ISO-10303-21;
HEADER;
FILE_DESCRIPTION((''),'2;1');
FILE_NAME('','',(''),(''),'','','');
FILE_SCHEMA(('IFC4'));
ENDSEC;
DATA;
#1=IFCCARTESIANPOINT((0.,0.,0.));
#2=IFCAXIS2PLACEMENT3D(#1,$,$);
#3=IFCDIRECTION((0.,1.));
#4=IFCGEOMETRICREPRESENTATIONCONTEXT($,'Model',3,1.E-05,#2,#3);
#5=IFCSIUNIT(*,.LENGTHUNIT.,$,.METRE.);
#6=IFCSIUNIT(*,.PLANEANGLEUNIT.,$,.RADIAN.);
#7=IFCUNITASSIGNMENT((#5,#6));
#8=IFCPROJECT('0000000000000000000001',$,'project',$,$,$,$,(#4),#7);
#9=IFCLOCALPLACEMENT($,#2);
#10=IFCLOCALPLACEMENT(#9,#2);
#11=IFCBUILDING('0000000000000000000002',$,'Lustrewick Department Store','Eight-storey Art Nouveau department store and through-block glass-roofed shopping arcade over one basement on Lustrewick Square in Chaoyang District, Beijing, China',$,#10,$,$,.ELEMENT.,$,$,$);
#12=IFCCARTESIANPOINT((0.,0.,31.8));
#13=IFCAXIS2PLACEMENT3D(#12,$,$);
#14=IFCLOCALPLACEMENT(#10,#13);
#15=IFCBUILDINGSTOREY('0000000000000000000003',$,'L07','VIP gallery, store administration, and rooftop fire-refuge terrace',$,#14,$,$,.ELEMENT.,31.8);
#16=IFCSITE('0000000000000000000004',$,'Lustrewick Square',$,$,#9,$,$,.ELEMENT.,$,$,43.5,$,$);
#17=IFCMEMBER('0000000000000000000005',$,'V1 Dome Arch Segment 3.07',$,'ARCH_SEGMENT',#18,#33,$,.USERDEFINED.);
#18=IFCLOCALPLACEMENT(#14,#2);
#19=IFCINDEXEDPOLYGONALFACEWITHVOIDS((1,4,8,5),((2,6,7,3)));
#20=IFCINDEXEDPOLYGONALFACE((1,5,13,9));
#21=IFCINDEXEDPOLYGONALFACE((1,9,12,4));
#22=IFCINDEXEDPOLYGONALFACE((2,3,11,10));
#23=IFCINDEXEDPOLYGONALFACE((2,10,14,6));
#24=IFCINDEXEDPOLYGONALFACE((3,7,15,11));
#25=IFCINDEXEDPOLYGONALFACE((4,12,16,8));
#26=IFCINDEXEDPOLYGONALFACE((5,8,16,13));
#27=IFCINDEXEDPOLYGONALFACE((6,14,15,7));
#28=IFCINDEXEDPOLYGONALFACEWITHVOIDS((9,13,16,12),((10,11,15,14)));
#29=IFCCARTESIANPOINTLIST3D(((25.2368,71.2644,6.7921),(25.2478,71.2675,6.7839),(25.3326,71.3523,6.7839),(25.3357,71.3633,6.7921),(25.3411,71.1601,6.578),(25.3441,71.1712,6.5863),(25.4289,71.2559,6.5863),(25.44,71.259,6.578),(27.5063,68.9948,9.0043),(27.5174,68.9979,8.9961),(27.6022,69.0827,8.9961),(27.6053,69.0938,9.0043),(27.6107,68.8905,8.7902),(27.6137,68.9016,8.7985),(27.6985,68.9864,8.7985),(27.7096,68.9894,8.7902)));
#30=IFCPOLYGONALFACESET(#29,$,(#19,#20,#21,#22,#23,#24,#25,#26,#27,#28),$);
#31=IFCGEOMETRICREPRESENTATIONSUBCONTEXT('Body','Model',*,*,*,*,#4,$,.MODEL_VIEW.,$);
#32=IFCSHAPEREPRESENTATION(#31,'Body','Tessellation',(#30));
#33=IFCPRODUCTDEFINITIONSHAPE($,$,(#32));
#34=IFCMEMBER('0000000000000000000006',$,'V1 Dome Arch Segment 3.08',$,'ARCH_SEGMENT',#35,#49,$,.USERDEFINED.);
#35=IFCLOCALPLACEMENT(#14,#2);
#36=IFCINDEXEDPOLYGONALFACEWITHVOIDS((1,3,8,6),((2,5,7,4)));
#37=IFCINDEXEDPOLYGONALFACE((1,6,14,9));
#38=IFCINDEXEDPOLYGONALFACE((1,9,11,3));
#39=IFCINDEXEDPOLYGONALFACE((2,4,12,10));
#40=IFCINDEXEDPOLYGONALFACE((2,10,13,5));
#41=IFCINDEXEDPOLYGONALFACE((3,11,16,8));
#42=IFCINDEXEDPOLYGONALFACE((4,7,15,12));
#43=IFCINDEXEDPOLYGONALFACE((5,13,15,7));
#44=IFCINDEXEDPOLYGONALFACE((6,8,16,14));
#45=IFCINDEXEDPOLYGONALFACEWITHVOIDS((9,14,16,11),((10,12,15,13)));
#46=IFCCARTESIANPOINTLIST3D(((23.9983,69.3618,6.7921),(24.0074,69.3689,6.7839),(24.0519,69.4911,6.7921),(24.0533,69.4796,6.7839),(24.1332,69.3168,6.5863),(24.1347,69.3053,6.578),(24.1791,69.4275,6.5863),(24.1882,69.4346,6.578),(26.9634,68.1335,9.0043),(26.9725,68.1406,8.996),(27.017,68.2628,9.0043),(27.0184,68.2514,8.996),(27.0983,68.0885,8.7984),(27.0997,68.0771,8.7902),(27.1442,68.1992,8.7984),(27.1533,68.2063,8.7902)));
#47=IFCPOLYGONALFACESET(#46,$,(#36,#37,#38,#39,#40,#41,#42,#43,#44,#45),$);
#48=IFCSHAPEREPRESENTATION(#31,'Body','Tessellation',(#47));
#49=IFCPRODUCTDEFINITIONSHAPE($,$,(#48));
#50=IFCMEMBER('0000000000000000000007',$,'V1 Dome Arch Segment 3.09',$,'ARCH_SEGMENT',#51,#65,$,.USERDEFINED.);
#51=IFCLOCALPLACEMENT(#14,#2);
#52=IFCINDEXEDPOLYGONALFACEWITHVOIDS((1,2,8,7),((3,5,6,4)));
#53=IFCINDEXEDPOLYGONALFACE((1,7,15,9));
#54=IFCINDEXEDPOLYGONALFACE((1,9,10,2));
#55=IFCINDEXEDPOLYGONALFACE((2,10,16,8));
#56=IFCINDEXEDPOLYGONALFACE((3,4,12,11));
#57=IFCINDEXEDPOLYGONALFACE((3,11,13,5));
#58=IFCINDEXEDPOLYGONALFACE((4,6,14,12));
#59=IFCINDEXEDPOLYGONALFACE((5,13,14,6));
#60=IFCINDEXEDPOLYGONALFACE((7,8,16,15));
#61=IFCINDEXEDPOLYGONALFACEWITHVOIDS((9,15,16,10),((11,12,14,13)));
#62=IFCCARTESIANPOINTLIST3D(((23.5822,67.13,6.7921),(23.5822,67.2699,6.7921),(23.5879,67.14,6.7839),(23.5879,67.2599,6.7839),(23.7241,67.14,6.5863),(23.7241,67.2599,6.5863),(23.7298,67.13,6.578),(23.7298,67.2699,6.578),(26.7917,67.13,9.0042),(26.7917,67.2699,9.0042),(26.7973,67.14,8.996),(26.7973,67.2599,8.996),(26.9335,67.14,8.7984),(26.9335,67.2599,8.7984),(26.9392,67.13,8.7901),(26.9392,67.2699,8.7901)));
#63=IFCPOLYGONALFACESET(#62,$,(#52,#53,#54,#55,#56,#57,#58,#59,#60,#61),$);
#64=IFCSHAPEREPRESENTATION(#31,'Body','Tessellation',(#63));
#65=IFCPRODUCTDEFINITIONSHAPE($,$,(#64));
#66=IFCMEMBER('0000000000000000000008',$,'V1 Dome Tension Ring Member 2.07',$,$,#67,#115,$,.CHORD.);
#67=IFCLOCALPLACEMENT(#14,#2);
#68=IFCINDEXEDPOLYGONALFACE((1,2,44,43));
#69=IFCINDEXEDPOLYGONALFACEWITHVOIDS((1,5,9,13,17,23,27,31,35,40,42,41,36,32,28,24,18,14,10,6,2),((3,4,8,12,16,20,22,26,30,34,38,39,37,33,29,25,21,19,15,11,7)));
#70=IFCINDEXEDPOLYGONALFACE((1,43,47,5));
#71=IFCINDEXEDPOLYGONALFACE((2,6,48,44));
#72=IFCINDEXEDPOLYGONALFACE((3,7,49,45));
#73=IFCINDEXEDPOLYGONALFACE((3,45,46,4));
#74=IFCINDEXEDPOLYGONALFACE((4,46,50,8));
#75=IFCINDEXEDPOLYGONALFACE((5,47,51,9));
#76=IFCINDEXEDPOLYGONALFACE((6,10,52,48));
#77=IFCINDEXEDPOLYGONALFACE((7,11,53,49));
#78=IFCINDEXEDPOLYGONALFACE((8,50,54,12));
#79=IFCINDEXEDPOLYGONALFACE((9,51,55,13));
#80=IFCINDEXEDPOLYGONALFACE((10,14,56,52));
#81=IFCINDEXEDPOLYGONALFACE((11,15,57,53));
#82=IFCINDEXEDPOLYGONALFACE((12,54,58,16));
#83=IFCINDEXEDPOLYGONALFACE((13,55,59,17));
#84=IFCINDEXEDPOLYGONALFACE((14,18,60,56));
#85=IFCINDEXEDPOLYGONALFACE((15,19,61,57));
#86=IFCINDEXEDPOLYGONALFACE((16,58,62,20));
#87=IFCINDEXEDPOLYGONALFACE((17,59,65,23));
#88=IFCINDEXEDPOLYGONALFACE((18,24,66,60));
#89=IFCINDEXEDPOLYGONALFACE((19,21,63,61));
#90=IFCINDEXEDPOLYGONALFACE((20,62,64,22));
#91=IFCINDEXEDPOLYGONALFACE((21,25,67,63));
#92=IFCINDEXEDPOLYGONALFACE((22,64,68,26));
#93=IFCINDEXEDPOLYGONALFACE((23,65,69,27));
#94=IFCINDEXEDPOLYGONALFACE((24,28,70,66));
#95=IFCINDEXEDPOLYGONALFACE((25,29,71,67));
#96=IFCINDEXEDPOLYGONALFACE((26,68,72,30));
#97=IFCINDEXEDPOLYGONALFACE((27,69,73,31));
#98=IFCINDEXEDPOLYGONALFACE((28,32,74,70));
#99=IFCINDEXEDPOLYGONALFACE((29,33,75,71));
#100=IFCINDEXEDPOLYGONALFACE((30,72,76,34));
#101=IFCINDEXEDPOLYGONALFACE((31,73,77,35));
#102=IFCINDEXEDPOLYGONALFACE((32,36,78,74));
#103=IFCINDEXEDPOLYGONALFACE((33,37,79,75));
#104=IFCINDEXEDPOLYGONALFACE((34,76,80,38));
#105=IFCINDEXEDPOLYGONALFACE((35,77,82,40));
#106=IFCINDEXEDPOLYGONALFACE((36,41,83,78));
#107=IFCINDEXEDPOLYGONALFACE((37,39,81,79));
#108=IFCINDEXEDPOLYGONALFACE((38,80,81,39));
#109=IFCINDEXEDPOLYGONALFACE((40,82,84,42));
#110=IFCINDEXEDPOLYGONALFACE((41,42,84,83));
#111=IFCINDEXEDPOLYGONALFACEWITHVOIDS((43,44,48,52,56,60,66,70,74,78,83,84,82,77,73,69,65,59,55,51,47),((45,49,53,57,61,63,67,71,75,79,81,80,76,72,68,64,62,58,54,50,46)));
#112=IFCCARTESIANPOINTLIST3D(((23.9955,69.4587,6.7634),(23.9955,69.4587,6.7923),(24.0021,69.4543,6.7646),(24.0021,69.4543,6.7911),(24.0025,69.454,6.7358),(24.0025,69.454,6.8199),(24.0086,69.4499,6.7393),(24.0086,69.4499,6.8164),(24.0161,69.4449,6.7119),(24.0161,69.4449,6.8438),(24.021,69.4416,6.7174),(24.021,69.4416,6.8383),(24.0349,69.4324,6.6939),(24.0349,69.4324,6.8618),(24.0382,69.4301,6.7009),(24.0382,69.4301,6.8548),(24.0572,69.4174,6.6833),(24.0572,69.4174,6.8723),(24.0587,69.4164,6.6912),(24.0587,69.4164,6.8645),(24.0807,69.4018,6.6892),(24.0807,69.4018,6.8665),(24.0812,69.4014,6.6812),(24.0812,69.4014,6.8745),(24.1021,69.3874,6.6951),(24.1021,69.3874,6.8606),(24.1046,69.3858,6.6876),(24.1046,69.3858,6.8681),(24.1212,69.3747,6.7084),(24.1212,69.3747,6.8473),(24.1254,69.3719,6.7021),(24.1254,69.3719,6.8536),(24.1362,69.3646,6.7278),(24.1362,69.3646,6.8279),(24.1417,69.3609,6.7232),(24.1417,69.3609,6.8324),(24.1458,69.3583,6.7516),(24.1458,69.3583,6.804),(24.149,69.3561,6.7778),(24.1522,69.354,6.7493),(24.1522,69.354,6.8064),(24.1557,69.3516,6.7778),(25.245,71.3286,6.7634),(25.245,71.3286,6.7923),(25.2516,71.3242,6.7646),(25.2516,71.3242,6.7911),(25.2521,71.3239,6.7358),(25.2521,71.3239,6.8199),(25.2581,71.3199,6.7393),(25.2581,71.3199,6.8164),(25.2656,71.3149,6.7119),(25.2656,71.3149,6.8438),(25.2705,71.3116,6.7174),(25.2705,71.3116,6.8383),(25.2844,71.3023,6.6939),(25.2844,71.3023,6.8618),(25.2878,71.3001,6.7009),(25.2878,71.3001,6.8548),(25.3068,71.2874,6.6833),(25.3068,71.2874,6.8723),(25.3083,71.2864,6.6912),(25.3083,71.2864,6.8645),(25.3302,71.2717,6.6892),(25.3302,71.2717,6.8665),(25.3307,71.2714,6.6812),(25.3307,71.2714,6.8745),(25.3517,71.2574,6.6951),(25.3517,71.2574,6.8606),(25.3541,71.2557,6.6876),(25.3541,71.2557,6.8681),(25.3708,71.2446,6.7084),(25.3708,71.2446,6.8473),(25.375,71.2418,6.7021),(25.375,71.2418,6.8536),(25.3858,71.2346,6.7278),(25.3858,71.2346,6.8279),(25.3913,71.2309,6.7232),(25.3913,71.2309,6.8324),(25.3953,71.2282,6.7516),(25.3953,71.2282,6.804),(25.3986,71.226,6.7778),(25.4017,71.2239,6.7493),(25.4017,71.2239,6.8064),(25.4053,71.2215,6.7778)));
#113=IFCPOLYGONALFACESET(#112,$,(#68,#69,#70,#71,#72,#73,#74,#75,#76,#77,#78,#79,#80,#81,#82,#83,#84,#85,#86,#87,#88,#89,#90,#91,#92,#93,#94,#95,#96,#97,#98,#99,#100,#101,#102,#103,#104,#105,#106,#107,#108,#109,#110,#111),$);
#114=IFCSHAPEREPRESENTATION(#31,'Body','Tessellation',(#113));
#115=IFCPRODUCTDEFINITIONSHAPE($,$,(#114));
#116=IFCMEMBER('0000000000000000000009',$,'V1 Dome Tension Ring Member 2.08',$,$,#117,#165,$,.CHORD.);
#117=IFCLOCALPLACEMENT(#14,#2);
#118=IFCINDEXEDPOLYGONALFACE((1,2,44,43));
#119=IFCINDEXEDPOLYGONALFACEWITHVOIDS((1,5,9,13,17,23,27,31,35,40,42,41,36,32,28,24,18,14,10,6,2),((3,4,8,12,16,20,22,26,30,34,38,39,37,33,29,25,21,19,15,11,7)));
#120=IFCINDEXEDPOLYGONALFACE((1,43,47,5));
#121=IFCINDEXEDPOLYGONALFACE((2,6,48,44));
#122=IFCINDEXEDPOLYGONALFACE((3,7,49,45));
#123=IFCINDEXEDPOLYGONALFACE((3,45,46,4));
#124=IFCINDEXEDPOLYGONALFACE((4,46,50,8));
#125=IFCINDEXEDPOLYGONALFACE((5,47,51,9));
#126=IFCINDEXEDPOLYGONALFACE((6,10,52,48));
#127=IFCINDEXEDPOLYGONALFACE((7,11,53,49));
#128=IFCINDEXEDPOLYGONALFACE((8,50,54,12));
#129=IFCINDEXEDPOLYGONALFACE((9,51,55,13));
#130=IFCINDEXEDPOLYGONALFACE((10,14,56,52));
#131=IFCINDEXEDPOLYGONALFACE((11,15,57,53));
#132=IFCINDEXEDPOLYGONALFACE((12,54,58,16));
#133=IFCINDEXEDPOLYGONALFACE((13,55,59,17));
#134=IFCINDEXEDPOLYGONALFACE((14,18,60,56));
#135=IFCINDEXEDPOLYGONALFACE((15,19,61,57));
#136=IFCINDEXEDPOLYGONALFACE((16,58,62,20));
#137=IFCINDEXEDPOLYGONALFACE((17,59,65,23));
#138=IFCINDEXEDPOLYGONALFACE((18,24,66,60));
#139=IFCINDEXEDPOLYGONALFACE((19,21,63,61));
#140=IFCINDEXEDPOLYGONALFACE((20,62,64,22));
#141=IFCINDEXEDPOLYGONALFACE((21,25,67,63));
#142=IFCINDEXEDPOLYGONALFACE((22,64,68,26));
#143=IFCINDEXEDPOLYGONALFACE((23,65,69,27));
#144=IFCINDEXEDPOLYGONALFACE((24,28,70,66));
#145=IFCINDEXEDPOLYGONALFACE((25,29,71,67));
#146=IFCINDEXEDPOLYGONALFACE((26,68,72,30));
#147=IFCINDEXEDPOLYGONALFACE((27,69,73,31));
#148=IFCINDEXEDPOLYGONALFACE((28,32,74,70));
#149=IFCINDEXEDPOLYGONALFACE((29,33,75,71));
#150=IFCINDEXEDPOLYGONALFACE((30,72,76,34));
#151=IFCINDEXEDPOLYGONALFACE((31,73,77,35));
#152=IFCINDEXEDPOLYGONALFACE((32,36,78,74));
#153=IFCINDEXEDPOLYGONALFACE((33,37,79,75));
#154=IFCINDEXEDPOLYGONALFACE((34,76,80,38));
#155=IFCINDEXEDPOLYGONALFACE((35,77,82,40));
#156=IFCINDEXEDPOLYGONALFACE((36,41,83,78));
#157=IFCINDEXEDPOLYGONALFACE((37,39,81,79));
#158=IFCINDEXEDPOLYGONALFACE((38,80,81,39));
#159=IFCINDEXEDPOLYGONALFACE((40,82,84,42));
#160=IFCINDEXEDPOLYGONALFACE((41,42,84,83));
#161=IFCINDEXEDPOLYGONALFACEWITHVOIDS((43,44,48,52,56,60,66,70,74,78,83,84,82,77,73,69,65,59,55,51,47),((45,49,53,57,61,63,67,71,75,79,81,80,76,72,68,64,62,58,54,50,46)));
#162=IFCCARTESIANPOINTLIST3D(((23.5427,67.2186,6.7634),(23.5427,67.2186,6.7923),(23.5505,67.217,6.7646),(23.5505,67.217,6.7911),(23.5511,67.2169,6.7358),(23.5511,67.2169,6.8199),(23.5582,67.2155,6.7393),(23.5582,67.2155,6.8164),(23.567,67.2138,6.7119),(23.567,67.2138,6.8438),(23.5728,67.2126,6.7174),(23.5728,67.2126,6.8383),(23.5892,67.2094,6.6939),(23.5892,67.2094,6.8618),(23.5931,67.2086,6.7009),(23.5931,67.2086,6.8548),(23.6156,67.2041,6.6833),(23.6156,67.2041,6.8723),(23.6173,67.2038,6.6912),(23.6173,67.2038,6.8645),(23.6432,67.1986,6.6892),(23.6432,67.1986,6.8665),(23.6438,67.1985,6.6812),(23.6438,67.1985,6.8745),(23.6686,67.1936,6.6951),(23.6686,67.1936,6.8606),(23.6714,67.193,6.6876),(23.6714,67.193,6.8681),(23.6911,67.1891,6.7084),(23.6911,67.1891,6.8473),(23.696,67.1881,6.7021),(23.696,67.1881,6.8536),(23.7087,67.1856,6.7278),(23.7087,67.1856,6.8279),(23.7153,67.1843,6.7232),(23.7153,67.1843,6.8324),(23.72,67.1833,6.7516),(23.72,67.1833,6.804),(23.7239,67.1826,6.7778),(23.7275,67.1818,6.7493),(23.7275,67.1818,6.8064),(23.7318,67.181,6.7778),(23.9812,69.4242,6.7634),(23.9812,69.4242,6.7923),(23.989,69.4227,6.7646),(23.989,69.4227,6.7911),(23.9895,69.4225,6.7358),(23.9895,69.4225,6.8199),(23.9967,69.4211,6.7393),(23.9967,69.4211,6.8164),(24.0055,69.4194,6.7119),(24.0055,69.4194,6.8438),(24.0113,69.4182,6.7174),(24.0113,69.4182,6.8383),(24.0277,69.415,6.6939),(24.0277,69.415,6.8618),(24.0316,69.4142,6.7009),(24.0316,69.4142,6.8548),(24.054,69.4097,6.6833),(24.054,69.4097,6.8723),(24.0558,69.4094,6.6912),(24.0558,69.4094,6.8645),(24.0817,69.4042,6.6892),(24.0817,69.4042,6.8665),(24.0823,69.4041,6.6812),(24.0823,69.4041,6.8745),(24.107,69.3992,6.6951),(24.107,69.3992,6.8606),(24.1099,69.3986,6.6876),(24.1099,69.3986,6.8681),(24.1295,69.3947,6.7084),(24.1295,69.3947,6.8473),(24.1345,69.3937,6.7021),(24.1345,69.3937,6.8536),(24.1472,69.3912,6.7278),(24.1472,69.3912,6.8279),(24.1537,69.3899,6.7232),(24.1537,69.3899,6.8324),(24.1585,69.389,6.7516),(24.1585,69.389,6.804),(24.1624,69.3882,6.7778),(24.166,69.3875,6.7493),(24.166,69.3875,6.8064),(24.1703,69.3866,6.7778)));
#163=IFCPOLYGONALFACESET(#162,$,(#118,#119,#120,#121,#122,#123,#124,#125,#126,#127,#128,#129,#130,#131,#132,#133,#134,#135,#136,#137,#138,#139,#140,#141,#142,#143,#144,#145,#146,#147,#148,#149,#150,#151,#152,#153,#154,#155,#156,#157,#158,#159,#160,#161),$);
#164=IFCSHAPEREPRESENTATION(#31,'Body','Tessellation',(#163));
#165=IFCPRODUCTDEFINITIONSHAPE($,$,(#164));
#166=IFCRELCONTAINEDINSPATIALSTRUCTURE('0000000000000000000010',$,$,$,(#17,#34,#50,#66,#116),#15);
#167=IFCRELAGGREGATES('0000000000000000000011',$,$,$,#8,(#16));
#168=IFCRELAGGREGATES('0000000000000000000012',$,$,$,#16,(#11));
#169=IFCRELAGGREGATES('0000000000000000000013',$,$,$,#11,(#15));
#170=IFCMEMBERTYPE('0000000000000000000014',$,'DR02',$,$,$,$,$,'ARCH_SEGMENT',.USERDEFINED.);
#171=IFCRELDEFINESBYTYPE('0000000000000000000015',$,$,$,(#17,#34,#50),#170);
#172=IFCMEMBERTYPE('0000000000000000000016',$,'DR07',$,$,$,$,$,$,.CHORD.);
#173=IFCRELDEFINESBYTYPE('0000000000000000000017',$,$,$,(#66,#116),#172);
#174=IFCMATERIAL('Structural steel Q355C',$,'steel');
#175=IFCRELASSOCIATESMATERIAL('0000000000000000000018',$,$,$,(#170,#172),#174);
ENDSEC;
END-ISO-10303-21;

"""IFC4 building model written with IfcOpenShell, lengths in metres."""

from ifc_helpers import new_model, si_unit, direction, frame, origin, origin_2d, place, context, subcontext, project, spatial, hollow_rectangle, hollow_circle, extrude, material, material_profile, profile_set, type_object, element, save


model = new_model("IFC4")

# Units and contexts
model_context = context("Model", 3, precision=1e-05, world=origin(), true_north=direction((0.0, 1.0)))
body_context = subcontext(model_context, "Body", "Model", "MODEL_VIEW")
ifc_project = project(units=[si_unit("LENGTHUNIT", "METRE"), si_unit("PLANEANGLEUNIT", "RADIAN")], contexts=[model_context])

# Site, building, storey
site_placement = place(None, origin())
site = spatial("IfcSite", under=ifc_project, at=site_placement, Name="Lustrewick Square", CompositionType="ELEMENT", RefElevation=43.5)
building_placement = place(site_placement, origin())
building = spatial("IfcBuilding", under=site, at=building_placement, Name="Lustrewick Department Store", Description="Eight-storey Art Nouveau department store and through-block glass-roofed shopping arcade over one basement on Lustrewick Square in Chaoyang District, Beijing, China", CompositionType="ELEMENT")
storey_placement = place(building_placement, frame((0.0, 0.0, 31.8)))
storey = spatial("IfcBuildingStorey", under=building, at=storey_placement, Name="L07", Description="VIP gallery, store administration, and rooftop fire-refuge terrace", CompositionType="ELEMENT", Elevation=31.8)

# Members
ifc_material_1 = material(Name="Structural steel Q355C", Category="steel")
ifc_material_profile_1 = material_profile(ifc_material_1, hollow_rectangle(XDim=0.1399, YDim=0.26, WallThickness=0.01, at=origin_2d()), Name="RHS 260x140x10")
ifc_profile_set_1 = profile_set([ifc_material_profile_1], Name="Structural steel Q355C")
member_type_1 = type_object("IfcMemberType", Name="DR02", ElementType="ARCH_SEGMENT", PredefinedType="USERDEFINED", material=ifc_profile_set_1)
member_1_placement = place(storey_placement, frame((25.3384, 71.2617, 6.6851), z_axis=(0.582215, -0.582215, 0.567496), x_axis=(0.707107, 0.707107, 0.0)))
element("IfcMember", 1, at=member_1_placement, inside=storey, type_object=member_type_1, Name="V1 Dome Arch Segment 3.07", ObjectType="ARCH_SEGMENT", PredefinedType="USERDEFINED", context=body_context, shape_type="SweptSolid", body=[
    extrude(hollow_rectangle(XDim=0.1399, YDim=0.26, WallThickness=0.01, at=origin_2d()), origin(), (0.0, 0.0, 1.0), 3.8982),
])
for number, where, z_axis, x_axis, name in (
    (2, (24.0933, 69.3982, 6.6851), (0.760678, -0.315107, 0.567518), (0.382708, 0.923869, 0.0), "V1 Dome Arch Segment 3.08"),
    (3, (23.656, 67.2, 6.6851), (0.823365, 0.0, 0.567512), (0.0, 1.0, 0.0), "V1 Dome Arch Segment 3.09"),
):
    element("IfcMember", number, at=place(storey_placement, frame(where, z_axis=z_axis, x_axis=x_axis)), inside=storey, type_object=member_type_1, Name=name, ObjectType="ARCH_SEGMENT", PredefinedType="USERDEFINED", context=body_context, shape_type="SweptSolid", body=[
        extrude(hollow_rectangle(XDim=0.1399, YDim=0.26, WallThickness=0.01, at=origin_2d()), origin(), (0.0, 0.0, 1.0), 3.8979),
    ])
ifc_material_profile_2 = material_profile(ifc_material_1, hollow_circle(Radius=0.0969, WallThickness=0.0081, at=origin_2d()), Name="CHS 194x8")
ifc_profile_set_2 = profile_set([ifc_material_profile_2], Name="Structural steel Q355C")
member_type_2 = type_object("IfcMemberType", Name="DR07", PredefinedType="CHORD", material=ifc_profile_set_2)
member_2_placement = place(storey_placement, frame((25.3247, 71.2754, 6.7778), z_axis=(-0.555602, -0.831449, 0.0), x_axis=(0.831449, -0.555602, 0.0)))
element("IfcMember", 4, at=member_2_placement, inside=storey, type_object=member_type_2, Name="V1 Dome Tension Ring Member 2.07", PredefinedType="CHORD", context=body_context, shape_type="SweptSolid", body=[
    extrude(hollow_circle(Radius=0.0969, WallThickness=0.0081, at=origin_2d()), origin(), (0.0, 0.0, 1.0), 2.249),
])
member_3_placement = place(storey_placement, frame((24.0752, 69.4055, 6.7778), z_axis=(-0.194989, -0.980806, 0.0), x_axis=(0.980806, -0.194989, 0.0)))
element("IfcMember", 5, at=member_3_placement, inside=storey, type_object=member_type_2, Name="V1 Dome Tension Ring Member 2.08", PredefinedType="CHORD", context=body_context, shape_type="SweptSolid", body=[
    extrude(hollow_circle(Radius=0.0969, WallThickness=0.0081, at=origin_2d()), origin(), (0.0, 0.0, 1.0), 2.2488),
])

save(model, "model.ifc")
